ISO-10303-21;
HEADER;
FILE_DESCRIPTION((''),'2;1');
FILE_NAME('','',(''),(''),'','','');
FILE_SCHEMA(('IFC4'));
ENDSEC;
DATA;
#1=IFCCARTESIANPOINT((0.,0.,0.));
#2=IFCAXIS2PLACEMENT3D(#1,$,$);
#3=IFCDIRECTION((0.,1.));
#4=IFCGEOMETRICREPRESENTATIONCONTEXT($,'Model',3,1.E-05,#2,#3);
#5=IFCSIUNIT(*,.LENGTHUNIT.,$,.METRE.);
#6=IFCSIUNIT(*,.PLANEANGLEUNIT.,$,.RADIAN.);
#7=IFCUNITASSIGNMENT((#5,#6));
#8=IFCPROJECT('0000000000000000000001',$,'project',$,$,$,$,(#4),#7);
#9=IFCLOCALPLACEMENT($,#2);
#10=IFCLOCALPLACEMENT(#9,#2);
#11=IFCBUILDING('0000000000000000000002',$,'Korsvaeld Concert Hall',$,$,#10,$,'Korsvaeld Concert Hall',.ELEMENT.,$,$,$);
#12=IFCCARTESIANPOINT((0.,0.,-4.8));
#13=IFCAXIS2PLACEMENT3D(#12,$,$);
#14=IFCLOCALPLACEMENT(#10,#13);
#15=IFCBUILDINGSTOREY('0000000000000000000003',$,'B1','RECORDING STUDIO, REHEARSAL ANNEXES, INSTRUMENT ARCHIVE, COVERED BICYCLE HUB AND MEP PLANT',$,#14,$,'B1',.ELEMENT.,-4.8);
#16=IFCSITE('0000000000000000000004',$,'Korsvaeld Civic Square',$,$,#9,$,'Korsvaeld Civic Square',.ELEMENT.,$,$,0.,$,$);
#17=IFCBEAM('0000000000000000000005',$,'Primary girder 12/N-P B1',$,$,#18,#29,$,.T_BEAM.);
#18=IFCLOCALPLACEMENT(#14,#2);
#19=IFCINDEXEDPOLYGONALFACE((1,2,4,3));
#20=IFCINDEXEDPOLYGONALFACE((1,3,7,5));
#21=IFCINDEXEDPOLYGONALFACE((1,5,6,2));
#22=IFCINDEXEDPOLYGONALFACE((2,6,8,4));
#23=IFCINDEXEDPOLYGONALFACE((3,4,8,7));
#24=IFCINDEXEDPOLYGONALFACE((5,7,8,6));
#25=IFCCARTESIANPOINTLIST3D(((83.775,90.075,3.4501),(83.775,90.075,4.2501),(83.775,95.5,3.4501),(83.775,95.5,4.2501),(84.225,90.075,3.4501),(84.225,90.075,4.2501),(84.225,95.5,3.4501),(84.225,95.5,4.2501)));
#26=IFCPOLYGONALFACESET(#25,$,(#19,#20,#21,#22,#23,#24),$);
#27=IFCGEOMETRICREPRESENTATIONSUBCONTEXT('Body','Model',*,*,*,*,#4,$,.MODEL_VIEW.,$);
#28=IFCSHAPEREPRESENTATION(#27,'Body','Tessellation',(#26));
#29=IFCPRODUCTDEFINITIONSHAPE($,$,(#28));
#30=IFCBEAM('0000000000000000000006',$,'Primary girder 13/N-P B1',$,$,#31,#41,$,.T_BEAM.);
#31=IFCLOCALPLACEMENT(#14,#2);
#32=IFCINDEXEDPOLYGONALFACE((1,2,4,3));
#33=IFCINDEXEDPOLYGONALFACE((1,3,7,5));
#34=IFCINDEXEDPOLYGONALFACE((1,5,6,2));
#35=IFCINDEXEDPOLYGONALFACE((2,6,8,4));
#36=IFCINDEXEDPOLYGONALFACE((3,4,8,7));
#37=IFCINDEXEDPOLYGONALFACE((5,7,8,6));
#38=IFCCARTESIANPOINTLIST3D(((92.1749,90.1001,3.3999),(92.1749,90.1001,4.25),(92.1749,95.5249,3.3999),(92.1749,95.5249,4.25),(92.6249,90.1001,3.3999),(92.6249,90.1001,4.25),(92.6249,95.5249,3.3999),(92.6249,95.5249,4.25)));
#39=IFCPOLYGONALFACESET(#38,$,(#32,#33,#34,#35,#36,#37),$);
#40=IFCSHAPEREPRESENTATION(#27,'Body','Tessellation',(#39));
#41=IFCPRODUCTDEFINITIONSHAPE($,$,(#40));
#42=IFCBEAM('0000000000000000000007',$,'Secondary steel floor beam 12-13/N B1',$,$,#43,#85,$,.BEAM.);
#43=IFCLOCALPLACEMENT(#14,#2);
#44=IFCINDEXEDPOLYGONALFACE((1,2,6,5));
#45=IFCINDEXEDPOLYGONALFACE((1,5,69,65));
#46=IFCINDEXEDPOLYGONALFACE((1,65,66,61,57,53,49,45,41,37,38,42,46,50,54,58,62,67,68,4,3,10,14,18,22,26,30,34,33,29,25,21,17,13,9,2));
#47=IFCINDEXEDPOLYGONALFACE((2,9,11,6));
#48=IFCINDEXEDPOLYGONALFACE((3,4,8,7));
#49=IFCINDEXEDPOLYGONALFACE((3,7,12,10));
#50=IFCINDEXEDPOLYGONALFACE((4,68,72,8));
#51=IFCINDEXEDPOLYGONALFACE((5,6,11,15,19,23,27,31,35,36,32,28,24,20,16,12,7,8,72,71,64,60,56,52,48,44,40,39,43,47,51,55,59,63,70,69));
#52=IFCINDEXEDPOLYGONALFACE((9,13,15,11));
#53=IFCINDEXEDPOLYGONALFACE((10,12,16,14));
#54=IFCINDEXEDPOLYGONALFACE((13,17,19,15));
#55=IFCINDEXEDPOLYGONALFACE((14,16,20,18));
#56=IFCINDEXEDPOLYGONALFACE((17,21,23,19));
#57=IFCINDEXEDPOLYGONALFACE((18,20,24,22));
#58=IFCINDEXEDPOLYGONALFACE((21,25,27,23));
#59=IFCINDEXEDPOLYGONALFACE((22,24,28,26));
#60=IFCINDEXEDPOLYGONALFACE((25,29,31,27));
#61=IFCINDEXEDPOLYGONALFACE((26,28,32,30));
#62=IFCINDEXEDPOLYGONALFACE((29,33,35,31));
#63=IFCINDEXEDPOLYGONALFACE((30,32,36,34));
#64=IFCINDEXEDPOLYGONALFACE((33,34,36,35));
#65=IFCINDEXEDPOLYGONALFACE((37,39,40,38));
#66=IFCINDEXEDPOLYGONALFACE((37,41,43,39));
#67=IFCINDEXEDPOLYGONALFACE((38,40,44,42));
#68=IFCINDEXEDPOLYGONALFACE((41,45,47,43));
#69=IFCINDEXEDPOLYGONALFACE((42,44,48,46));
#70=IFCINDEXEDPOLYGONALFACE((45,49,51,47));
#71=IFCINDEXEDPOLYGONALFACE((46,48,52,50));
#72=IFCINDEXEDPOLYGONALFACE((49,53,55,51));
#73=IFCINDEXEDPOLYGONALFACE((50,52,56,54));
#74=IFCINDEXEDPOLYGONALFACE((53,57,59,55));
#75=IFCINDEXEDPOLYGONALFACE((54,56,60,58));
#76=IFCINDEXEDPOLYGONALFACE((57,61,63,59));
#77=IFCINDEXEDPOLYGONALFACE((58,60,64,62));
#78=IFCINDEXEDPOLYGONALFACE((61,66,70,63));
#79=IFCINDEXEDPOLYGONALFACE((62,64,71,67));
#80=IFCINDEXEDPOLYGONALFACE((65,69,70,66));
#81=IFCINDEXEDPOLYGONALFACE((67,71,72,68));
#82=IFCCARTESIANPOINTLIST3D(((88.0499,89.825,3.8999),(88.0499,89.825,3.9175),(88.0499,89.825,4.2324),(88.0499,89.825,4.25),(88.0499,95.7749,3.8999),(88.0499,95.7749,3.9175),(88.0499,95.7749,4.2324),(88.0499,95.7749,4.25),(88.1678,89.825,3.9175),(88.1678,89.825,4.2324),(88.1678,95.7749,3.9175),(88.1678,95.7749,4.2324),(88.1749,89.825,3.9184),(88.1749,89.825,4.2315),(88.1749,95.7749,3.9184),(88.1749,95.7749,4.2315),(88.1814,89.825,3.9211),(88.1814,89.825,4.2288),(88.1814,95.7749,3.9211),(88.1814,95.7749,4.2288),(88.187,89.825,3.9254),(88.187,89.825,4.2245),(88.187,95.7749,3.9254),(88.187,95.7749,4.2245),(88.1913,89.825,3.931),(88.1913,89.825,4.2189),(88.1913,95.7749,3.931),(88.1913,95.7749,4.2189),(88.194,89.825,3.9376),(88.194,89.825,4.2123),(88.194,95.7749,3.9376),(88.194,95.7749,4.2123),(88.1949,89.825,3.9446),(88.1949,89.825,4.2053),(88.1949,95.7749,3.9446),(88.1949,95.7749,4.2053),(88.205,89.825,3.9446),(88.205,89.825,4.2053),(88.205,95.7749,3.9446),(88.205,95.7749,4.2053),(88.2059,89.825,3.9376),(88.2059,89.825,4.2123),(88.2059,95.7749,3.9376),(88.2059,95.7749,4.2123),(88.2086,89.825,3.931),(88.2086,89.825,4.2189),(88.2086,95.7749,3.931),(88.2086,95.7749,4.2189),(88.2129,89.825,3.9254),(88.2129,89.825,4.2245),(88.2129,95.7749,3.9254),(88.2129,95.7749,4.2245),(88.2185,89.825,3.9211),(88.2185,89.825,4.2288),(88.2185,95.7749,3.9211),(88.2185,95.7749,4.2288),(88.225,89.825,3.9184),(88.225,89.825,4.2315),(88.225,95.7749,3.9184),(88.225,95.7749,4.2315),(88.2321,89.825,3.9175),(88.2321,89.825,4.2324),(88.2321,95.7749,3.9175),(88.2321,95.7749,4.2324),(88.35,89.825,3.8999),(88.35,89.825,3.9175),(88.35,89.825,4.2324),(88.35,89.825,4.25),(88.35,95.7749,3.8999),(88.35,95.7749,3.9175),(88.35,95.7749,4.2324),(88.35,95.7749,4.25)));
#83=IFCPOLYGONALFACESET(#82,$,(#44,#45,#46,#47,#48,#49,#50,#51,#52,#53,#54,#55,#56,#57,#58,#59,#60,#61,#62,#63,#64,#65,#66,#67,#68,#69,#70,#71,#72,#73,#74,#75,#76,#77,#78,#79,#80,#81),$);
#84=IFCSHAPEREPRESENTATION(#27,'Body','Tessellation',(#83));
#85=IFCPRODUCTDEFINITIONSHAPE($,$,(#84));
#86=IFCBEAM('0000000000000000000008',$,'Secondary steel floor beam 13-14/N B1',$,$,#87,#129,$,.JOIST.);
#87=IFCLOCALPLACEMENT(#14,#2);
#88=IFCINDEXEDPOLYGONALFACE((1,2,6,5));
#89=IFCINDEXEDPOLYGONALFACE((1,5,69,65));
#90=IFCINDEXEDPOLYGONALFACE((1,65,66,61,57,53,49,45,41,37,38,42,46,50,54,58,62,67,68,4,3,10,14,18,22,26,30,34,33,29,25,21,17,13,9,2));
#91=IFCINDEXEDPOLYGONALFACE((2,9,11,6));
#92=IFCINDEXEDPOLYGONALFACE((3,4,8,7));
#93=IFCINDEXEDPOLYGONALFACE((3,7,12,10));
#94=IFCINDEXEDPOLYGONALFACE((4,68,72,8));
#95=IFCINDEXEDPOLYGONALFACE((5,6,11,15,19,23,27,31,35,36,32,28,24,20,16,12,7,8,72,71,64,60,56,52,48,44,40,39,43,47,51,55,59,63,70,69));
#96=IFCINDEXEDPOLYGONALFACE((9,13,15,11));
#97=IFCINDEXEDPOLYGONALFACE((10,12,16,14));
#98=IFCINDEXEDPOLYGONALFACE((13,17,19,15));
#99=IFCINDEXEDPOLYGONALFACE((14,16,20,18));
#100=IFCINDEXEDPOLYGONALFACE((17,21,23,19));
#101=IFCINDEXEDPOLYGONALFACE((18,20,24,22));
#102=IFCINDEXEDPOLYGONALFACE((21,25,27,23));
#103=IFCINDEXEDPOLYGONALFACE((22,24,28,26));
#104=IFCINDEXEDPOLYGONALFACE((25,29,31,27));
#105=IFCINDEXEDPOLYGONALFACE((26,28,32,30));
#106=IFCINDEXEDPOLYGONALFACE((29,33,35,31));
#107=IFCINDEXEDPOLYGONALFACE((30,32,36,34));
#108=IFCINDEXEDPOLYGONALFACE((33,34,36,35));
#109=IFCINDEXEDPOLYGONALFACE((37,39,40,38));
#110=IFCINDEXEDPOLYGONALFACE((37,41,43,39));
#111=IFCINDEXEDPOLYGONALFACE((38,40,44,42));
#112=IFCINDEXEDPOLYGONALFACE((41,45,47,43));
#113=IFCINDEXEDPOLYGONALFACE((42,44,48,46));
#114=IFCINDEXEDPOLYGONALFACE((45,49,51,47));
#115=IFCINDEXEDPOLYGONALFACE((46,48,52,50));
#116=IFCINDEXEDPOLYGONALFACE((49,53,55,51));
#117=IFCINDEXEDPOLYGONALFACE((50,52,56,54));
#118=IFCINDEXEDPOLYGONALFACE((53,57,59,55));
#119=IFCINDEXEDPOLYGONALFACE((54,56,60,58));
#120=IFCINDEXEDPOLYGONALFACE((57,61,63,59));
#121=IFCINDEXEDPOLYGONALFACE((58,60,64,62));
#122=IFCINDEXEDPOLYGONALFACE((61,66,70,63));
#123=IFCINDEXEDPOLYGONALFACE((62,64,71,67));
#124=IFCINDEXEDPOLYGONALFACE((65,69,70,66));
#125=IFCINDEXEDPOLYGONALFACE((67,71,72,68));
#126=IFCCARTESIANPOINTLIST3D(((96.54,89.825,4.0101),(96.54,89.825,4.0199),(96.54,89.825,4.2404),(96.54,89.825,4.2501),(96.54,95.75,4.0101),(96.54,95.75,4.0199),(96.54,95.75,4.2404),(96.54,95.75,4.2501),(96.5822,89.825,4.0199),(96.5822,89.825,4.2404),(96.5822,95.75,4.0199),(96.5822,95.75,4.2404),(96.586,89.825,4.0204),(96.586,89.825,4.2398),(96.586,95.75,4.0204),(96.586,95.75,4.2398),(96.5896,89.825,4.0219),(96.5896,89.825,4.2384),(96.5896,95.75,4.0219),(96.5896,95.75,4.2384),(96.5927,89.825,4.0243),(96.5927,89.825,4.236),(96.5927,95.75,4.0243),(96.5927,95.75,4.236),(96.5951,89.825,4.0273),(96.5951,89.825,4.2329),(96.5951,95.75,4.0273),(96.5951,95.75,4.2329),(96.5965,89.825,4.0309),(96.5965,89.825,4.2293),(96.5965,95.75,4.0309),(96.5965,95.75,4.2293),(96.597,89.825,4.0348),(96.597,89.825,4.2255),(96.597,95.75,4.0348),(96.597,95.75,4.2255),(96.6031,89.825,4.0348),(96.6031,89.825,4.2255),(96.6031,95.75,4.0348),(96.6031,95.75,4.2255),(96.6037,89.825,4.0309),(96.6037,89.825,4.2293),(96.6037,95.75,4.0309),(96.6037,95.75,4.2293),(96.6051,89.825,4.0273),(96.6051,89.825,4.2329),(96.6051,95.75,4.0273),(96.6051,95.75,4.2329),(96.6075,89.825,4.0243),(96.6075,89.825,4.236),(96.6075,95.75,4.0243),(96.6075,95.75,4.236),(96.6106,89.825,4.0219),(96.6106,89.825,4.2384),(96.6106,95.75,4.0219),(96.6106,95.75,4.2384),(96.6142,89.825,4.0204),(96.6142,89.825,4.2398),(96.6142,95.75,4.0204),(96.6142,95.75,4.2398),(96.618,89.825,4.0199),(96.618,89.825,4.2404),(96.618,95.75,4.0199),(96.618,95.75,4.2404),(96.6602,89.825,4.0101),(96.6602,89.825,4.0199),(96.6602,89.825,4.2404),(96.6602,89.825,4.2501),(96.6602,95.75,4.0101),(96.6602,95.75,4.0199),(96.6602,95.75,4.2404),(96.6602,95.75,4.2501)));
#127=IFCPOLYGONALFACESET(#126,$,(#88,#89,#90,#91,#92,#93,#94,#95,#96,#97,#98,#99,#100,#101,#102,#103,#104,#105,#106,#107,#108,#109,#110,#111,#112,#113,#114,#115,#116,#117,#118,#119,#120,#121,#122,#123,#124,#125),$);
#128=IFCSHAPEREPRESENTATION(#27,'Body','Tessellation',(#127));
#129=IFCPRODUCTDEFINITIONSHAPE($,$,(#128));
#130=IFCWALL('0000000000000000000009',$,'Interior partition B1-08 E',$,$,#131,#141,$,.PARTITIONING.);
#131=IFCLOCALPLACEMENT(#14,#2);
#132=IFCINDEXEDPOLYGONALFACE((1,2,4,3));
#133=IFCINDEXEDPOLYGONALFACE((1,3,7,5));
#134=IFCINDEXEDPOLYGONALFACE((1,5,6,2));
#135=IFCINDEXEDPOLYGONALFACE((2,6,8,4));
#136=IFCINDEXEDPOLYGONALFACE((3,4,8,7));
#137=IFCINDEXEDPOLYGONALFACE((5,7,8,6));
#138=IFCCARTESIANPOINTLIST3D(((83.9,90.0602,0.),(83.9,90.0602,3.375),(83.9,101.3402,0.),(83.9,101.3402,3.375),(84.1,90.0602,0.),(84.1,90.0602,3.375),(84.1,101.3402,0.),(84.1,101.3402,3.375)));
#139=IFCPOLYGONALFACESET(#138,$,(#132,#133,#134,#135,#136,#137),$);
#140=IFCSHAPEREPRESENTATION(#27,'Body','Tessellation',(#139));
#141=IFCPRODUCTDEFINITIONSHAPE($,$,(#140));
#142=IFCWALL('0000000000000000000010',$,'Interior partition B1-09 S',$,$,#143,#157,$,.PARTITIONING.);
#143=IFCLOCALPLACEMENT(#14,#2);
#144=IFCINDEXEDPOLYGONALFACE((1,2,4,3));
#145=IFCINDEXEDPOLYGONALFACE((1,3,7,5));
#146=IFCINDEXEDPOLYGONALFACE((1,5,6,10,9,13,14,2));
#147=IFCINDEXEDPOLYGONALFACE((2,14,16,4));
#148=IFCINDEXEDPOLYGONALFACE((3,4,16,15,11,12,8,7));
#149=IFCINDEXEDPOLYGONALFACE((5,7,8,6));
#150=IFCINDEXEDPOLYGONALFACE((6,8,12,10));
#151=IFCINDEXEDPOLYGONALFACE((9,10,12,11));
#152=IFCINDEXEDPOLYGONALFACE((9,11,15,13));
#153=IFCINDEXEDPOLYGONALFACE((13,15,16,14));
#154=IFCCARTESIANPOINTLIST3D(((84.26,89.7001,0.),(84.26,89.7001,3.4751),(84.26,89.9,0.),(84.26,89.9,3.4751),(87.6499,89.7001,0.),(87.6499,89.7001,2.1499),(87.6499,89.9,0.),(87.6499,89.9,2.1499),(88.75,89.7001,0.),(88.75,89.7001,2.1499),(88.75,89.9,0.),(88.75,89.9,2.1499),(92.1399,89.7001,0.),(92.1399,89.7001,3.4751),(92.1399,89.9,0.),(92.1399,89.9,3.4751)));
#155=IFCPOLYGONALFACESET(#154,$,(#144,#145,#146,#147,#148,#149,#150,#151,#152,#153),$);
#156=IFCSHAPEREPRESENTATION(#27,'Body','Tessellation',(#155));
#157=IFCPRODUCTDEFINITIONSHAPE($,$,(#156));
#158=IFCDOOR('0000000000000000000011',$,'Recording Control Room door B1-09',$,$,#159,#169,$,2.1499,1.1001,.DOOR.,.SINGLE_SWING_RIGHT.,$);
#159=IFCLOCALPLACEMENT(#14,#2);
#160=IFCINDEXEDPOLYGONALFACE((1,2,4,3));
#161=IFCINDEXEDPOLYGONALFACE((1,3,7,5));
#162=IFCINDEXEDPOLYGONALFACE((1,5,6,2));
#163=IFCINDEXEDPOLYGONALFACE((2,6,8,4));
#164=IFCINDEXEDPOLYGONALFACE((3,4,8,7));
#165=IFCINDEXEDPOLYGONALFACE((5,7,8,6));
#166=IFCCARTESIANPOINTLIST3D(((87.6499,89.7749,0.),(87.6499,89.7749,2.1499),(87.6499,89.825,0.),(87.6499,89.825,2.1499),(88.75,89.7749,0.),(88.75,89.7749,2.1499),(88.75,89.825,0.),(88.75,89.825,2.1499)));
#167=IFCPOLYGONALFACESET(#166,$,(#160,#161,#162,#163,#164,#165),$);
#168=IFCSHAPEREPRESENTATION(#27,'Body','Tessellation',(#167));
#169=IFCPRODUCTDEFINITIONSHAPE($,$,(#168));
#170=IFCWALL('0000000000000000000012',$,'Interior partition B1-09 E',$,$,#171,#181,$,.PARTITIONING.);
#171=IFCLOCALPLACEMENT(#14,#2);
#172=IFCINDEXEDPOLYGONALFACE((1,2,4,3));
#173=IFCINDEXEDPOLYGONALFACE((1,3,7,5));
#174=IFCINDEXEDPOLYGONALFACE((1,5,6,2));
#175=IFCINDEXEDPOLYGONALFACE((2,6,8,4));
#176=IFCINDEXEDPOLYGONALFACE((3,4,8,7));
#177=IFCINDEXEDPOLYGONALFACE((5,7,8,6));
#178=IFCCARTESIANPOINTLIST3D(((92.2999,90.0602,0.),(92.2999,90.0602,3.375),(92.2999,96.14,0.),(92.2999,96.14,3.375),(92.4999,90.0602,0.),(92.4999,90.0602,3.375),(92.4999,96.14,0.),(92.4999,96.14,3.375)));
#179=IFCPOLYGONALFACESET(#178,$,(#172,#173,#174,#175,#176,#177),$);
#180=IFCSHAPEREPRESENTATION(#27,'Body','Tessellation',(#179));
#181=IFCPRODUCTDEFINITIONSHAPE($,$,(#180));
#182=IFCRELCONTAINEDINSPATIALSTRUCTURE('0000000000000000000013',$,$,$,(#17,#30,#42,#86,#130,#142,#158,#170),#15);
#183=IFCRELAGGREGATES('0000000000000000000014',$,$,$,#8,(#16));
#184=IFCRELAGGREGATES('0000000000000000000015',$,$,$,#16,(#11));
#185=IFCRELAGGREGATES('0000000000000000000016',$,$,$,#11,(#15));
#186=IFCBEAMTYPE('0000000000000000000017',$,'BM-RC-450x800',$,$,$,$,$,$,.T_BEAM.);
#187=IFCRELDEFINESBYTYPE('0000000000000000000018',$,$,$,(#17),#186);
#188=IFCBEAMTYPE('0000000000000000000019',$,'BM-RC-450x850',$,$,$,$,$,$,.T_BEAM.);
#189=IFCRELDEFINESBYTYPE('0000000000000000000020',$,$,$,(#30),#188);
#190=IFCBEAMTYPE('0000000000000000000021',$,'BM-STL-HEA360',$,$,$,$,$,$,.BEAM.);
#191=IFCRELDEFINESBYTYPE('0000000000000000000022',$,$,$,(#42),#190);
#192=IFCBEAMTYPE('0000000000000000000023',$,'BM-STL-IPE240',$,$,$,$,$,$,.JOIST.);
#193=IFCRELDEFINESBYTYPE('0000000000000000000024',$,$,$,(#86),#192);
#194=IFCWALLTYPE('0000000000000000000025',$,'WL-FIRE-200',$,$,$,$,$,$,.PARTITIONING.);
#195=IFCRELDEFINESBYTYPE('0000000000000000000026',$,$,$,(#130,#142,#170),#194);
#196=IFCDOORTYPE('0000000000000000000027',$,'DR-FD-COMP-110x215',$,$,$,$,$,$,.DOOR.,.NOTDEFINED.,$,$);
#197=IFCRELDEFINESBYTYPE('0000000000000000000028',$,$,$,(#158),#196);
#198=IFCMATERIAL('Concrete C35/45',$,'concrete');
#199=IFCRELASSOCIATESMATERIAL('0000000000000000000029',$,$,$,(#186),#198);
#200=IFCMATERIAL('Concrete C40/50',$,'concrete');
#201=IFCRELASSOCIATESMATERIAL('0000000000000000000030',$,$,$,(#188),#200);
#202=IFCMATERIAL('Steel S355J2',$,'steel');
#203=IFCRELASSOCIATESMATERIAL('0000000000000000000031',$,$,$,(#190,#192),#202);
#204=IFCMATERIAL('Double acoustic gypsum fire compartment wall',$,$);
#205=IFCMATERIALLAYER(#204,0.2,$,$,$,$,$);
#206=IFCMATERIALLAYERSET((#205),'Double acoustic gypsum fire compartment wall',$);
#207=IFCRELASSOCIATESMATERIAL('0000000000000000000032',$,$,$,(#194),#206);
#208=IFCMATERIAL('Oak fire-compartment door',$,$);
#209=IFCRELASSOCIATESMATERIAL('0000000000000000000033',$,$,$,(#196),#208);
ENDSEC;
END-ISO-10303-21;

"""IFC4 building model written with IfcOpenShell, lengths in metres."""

from ifc_helpers import new_model, si_unit, direction, frame, frame_2d, origin, origin_2d, place, context, subcontext, project, spatial, rectangle, i_section, extrude, material, layer, layer_set, material_profile, profile_set, type_object, element, fill, save


model = new_model("IFC4")

# Units and contexts
model_context = context("Model", 3, precision=1e-05, world=origin(), true_north=direction((0.0, 1.0)))
body_context = subcontext(model_context, "Body", "Model", "MODEL_VIEW")
ifc_project = project(units=[si_unit("LENGTHUNIT", "METRE"), si_unit("PLANEANGLEUNIT", "RADIAN")], contexts=[model_context])

# Site, building, storey
site_placement = place(None, origin())
site = spatial("IfcSite", under=ifc_project, at=site_placement, Name="Korsvaeld Civic Square", LongName="Korsvaeld Civic Square", CompositionType="ELEMENT", RefElevation=0.0)
building_placement = place(site_placement, origin())
building = spatial("IfcBuilding", under=site, at=building_placement, Name="Korsvaeld Concert Hall", LongName="Korsvaeld Concert Hall", CompositionType="ELEMENT")
storey_placement = place(building_placement, frame((0.0, 0.0, -4.8)))
storey = spatial("IfcBuildingStorey", under=building, at=storey_placement, Name="B1", Description="RECORDING STUDIO, REHEARSAL ANNEXES, INSTRUMENT ARCHIVE, COVERED BICYCLE HUB AND MEP PLANT", LongName="B1", CompositionType="ELEMENT", Elevation=-4.8)

# Shared definitions
ifc_material_1 = material(Name="Concrete C35/45", Category="concrete")

# Shared definitions
ifc_material_2 = material(Name="Concrete C40/50", Category="concrete")

# Beams
ifc_material_profile_1 = material_profile(ifc_material_1, rectangle(XDim=0.45, YDim=0.8, at=origin_2d()), Name="RC 450x800")
ifc_profile_set_1 = profile_set([ifc_material_profile_1], Name="Concrete C35/45")
beam_type_1 = type_object("IfcBeamType", Name="BM-RC-450x800", PredefinedType="T_BEAM", material=ifc_profile_set_1)
beam_1_placement = place(storey_placement, frame((84.0, 90.075, 3.8501), z_axis=(0.0, 1.0, 0.0), x_axis=(-1.0, 0.0, 0.0)))
element("IfcBeam", 1, at=beam_1_placement, inside=storey, type_object=beam_type_1, Name="Primary girder 12/N-P B1", PredefinedType="T_BEAM", context=body_context, shape_type="SweptSolid", body=[
    extrude(rectangle(XDim=0.45, YDim=0.8, at=origin_2d()), origin(), (0.0, 0.0, 1.0), 5.425),
])
ifc_material_profile_2 = material_profile(ifc_material_2, rectangle(XDim=0.45, YDim=0.8501, at=origin_2d()), Name="RC 450x850")
ifc_profile_set_2 = profile_set([ifc_material_profile_2], Name="Concrete C40/50")
beam_type_2 = type_object("IfcBeamType", Name="BM-RC-450x850", PredefinedType="T_BEAM", material=ifc_profile_set_2)
beam_2_placement = place(storey_placement, frame((92.3999, 90.1001, 3.825), z_axis=(0.0, 1.0, 0.0), x_axis=(-1.0, 0.0, 0.0)))
element("IfcBeam", 2, at=beam_2_placement, inside=storey, type_object=beam_type_2, Name="Primary girder 13/N-P B1", PredefinedType="T_BEAM", context=body_context, shape_type="SweptSolid", body=[
    extrude(rectangle(XDim=0.45, YDim=0.8501, at=origin_2d()), origin(), (0.0, 0.0, 1.0), 5.4248),
])
ifc_material_3 = material(Name="Steel S355J2", Category="steel")
ifc_material_profile_3 = material_profile(ifc_material_3, i_section(OverallWidth=0.3, OverallDepth=0.3501, WebThickness=0.01, FlangeThickness=0.0176, FilletRadius=0.0271, at=origin_2d()), Name="HEA 360")
ifc_profile_set_3 = profile_set([ifc_material_profile_3], Name="Steel S355J2")
beam_type_3 = type_object("IfcBeamType", Name="BM-STL-HEA360", PredefinedType="BEAM", material=ifc_profile_set_3)
beam_3_placement = place(storey_placement, frame((88.2, 89.825, 4.075), z_axis=(0.0, 1.0, 0.0), x_axis=(-1.0, 0.0, 0.0)))
element("IfcBeam", 3, at=beam_3_placement, inside=storey, type_object=beam_type_3, Name="Secondary steel floor beam 12-13/N B1", PredefinedType="BEAM", context=body_context, shape_type="SweptSolid", body=[
    extrude(i_section(OverallWidth=0.3, OverallDepth=0.3501, WebThickness=0.01, FlangeThickness=0.0176, FilletRadius=0.0271, at=origin_2d()), origin(), (0.0, 0.0, 1.0), 5.95),
])
ifc_material_profile_4 = material_profile(ifc_material_3, i_section(OverallWidth=0.1201, OverallDepth=0.24, WebThickness=0.0061, FlangeThickness=0.0098, FilletRadius=0.0149, at=origin_2d()), Name="IPE 240")
ifc_profile_set_4 = profile_set([ifc_material_profile_4], Name="Steel S355J2")
beam_type_4 = type_object("IfcBeamType", Name="BM-STL-IPE240", PredefinedType="JOIST", material=ifc_profile_set_4)
beam_4_placement = place(storey_placement, frame((96.6001, 89.825, 4.1301), z_axis=(0.0, 1.0, 0.0), x_axis=(-1.0, 0.0, 0.0)))
element("IfcBeam", 4, at=beam_4_placement, inside=storey, type_object=beam_type_4, Name="Secondary steel floor beam 13-14/N B1", PredefinedType="JOIST", context=body_context, shape_type="SweptSolid", body=[
    extrude(i_section(OverallWidth=0.1201, OverallDepth=0.24, WebThickness=0.0061, FlangeThickness=0.0098, FilletRadius=0.0149, at=origin_2d()), origin(), (0.0, 0.0, 1.0), 5.925),
])

# Wall
ifc_material_4 = material(Name="Double acoustic gypsum fire compartment wall")
ifc_layer = layer(ifc_material_4, 0.2)
ifc_layer_set = layer_set([ifc_layer], Name="Double acoustic gypsum fire compartment wall")
wall_type = type_object("IfcWallType", Name="WL-FIRE-200", PredefinedType="PARTITIONING", material=ifc_layer_set)
wall_1_placement = place(storey_placement, frame((84.0, 90.0601, 0.0), z_axis=(0.0, 0.0, 1.0), x_axis=(0.0, 1.0, 0.0)))
element("IfcWall", 5, at=wall_1_placement, inside=storey, type_object=wall_type, Name="Interior partition B1-08 E", PredefinedType="PARTITIONING", context=body_context, shape_type="SweptSolid", body=[
    extrude(rectangle(XDim=11.28, YDim=0.2, at=frame_2d((5.6401, 0.0))), origin(), (0.0, 0.0, 1.0), 3.375),
])

# Wall, opening, door
wall_2_placement = place(storey_placement, frame((84.26, 89.8, 0.0), z_axis=(0.0, 0.0, 1.0), x_axis=(1.0, 0.0, 0.0)))
wall_2 = element("IfcWall", 6, at=wall_2_placement, inside=storey, type_object=wall_type, Name="Interior partition B1-09 S", PredefinedType="PARTITIONING", context=body_context, shape_type="SweptSolid", body=[
    extrude(rectangle(XDim=7.8799, YDim=0.2, at=frame_2d((3.9399, 0.0))), origin(), (0.0, 0.0, 1.0), 3.4751),
])
opening_1_placement = place(wall_2_placement, frame((3.3899, 0.0, 0.0)))
opening_1 = element("IfcOpeningElement", 7, at=opening_1_placement, cuts=wall_2, PredefinedType="OPENING", context=body_context, shape_type="SweptSolid", body=[
    extrude(rectangle(XDim=1.1001, YDim=2.1499, at=frame_2d((0.55, 1.075))), frame((0.0, 0.1099, 0.0), z_axis=(0.0, -1.0, 0.0), x_axis=(1.0, 0.0, 0.0)), (0.0, 0.0, 1.0), 0.22),
])
ifc_material_5 = material(Name="Oak fire-compartment door")
door_type = type_object("IfcDoorType", Name="DR-FD-COMP-110x215", OperationType="NOTDEFINED", PredefinedType="DOOR", material=ifc_material_5)
door_1_placement = place(opening_1_placement, origin())
door_1 = element("IfcDoor", 8, at=door_1_placement, inside=storey, type_object=door_type, Name="Recording Control Room door B1-09", OperationType="SINGLE_SWING_RIGHT", OverallHeight=2.1499, OverallWidth=1.1001, PredefinedType="DOOR", context=body_context, shape_type="SweptSolid", body=[
    extrude(rectangle(XDim=1.1001, YDim=2.1499, at=frame_2d((0.55, 1.075))), frame((0.0, 0.0249, 0.0), z_axis=(0.0, -1.0, 0.0), x_axis=(1.0, 0.0, 0.0)), (0.0, 0.0, 1.0), 0.05),
])
fill(opening_1, door_1)

# Wall
wall_3_placement = place(storey_placement, frame((92.3999, 90.0601, 0.0), z_axis=(0.0, 0.0, 1.0), x_axis=(0.0, 1.0, 0.0)))
element("IfcWall", 9, at=wall_3_placement, inside=storey, type_object=wall_type, Name="Interior partition B1-09 E", PredefinedType="PARTITIONING", context=body_context, shape_type="SweptSolid", body=[
    extrude(rectangle(XDim=6.0798, YDim=0.2, at=frame_2d((3.04, 0.0))), origin(), (0.0, 0.0, 1.0), 3.375),
])

save(model, "model.ifc")
